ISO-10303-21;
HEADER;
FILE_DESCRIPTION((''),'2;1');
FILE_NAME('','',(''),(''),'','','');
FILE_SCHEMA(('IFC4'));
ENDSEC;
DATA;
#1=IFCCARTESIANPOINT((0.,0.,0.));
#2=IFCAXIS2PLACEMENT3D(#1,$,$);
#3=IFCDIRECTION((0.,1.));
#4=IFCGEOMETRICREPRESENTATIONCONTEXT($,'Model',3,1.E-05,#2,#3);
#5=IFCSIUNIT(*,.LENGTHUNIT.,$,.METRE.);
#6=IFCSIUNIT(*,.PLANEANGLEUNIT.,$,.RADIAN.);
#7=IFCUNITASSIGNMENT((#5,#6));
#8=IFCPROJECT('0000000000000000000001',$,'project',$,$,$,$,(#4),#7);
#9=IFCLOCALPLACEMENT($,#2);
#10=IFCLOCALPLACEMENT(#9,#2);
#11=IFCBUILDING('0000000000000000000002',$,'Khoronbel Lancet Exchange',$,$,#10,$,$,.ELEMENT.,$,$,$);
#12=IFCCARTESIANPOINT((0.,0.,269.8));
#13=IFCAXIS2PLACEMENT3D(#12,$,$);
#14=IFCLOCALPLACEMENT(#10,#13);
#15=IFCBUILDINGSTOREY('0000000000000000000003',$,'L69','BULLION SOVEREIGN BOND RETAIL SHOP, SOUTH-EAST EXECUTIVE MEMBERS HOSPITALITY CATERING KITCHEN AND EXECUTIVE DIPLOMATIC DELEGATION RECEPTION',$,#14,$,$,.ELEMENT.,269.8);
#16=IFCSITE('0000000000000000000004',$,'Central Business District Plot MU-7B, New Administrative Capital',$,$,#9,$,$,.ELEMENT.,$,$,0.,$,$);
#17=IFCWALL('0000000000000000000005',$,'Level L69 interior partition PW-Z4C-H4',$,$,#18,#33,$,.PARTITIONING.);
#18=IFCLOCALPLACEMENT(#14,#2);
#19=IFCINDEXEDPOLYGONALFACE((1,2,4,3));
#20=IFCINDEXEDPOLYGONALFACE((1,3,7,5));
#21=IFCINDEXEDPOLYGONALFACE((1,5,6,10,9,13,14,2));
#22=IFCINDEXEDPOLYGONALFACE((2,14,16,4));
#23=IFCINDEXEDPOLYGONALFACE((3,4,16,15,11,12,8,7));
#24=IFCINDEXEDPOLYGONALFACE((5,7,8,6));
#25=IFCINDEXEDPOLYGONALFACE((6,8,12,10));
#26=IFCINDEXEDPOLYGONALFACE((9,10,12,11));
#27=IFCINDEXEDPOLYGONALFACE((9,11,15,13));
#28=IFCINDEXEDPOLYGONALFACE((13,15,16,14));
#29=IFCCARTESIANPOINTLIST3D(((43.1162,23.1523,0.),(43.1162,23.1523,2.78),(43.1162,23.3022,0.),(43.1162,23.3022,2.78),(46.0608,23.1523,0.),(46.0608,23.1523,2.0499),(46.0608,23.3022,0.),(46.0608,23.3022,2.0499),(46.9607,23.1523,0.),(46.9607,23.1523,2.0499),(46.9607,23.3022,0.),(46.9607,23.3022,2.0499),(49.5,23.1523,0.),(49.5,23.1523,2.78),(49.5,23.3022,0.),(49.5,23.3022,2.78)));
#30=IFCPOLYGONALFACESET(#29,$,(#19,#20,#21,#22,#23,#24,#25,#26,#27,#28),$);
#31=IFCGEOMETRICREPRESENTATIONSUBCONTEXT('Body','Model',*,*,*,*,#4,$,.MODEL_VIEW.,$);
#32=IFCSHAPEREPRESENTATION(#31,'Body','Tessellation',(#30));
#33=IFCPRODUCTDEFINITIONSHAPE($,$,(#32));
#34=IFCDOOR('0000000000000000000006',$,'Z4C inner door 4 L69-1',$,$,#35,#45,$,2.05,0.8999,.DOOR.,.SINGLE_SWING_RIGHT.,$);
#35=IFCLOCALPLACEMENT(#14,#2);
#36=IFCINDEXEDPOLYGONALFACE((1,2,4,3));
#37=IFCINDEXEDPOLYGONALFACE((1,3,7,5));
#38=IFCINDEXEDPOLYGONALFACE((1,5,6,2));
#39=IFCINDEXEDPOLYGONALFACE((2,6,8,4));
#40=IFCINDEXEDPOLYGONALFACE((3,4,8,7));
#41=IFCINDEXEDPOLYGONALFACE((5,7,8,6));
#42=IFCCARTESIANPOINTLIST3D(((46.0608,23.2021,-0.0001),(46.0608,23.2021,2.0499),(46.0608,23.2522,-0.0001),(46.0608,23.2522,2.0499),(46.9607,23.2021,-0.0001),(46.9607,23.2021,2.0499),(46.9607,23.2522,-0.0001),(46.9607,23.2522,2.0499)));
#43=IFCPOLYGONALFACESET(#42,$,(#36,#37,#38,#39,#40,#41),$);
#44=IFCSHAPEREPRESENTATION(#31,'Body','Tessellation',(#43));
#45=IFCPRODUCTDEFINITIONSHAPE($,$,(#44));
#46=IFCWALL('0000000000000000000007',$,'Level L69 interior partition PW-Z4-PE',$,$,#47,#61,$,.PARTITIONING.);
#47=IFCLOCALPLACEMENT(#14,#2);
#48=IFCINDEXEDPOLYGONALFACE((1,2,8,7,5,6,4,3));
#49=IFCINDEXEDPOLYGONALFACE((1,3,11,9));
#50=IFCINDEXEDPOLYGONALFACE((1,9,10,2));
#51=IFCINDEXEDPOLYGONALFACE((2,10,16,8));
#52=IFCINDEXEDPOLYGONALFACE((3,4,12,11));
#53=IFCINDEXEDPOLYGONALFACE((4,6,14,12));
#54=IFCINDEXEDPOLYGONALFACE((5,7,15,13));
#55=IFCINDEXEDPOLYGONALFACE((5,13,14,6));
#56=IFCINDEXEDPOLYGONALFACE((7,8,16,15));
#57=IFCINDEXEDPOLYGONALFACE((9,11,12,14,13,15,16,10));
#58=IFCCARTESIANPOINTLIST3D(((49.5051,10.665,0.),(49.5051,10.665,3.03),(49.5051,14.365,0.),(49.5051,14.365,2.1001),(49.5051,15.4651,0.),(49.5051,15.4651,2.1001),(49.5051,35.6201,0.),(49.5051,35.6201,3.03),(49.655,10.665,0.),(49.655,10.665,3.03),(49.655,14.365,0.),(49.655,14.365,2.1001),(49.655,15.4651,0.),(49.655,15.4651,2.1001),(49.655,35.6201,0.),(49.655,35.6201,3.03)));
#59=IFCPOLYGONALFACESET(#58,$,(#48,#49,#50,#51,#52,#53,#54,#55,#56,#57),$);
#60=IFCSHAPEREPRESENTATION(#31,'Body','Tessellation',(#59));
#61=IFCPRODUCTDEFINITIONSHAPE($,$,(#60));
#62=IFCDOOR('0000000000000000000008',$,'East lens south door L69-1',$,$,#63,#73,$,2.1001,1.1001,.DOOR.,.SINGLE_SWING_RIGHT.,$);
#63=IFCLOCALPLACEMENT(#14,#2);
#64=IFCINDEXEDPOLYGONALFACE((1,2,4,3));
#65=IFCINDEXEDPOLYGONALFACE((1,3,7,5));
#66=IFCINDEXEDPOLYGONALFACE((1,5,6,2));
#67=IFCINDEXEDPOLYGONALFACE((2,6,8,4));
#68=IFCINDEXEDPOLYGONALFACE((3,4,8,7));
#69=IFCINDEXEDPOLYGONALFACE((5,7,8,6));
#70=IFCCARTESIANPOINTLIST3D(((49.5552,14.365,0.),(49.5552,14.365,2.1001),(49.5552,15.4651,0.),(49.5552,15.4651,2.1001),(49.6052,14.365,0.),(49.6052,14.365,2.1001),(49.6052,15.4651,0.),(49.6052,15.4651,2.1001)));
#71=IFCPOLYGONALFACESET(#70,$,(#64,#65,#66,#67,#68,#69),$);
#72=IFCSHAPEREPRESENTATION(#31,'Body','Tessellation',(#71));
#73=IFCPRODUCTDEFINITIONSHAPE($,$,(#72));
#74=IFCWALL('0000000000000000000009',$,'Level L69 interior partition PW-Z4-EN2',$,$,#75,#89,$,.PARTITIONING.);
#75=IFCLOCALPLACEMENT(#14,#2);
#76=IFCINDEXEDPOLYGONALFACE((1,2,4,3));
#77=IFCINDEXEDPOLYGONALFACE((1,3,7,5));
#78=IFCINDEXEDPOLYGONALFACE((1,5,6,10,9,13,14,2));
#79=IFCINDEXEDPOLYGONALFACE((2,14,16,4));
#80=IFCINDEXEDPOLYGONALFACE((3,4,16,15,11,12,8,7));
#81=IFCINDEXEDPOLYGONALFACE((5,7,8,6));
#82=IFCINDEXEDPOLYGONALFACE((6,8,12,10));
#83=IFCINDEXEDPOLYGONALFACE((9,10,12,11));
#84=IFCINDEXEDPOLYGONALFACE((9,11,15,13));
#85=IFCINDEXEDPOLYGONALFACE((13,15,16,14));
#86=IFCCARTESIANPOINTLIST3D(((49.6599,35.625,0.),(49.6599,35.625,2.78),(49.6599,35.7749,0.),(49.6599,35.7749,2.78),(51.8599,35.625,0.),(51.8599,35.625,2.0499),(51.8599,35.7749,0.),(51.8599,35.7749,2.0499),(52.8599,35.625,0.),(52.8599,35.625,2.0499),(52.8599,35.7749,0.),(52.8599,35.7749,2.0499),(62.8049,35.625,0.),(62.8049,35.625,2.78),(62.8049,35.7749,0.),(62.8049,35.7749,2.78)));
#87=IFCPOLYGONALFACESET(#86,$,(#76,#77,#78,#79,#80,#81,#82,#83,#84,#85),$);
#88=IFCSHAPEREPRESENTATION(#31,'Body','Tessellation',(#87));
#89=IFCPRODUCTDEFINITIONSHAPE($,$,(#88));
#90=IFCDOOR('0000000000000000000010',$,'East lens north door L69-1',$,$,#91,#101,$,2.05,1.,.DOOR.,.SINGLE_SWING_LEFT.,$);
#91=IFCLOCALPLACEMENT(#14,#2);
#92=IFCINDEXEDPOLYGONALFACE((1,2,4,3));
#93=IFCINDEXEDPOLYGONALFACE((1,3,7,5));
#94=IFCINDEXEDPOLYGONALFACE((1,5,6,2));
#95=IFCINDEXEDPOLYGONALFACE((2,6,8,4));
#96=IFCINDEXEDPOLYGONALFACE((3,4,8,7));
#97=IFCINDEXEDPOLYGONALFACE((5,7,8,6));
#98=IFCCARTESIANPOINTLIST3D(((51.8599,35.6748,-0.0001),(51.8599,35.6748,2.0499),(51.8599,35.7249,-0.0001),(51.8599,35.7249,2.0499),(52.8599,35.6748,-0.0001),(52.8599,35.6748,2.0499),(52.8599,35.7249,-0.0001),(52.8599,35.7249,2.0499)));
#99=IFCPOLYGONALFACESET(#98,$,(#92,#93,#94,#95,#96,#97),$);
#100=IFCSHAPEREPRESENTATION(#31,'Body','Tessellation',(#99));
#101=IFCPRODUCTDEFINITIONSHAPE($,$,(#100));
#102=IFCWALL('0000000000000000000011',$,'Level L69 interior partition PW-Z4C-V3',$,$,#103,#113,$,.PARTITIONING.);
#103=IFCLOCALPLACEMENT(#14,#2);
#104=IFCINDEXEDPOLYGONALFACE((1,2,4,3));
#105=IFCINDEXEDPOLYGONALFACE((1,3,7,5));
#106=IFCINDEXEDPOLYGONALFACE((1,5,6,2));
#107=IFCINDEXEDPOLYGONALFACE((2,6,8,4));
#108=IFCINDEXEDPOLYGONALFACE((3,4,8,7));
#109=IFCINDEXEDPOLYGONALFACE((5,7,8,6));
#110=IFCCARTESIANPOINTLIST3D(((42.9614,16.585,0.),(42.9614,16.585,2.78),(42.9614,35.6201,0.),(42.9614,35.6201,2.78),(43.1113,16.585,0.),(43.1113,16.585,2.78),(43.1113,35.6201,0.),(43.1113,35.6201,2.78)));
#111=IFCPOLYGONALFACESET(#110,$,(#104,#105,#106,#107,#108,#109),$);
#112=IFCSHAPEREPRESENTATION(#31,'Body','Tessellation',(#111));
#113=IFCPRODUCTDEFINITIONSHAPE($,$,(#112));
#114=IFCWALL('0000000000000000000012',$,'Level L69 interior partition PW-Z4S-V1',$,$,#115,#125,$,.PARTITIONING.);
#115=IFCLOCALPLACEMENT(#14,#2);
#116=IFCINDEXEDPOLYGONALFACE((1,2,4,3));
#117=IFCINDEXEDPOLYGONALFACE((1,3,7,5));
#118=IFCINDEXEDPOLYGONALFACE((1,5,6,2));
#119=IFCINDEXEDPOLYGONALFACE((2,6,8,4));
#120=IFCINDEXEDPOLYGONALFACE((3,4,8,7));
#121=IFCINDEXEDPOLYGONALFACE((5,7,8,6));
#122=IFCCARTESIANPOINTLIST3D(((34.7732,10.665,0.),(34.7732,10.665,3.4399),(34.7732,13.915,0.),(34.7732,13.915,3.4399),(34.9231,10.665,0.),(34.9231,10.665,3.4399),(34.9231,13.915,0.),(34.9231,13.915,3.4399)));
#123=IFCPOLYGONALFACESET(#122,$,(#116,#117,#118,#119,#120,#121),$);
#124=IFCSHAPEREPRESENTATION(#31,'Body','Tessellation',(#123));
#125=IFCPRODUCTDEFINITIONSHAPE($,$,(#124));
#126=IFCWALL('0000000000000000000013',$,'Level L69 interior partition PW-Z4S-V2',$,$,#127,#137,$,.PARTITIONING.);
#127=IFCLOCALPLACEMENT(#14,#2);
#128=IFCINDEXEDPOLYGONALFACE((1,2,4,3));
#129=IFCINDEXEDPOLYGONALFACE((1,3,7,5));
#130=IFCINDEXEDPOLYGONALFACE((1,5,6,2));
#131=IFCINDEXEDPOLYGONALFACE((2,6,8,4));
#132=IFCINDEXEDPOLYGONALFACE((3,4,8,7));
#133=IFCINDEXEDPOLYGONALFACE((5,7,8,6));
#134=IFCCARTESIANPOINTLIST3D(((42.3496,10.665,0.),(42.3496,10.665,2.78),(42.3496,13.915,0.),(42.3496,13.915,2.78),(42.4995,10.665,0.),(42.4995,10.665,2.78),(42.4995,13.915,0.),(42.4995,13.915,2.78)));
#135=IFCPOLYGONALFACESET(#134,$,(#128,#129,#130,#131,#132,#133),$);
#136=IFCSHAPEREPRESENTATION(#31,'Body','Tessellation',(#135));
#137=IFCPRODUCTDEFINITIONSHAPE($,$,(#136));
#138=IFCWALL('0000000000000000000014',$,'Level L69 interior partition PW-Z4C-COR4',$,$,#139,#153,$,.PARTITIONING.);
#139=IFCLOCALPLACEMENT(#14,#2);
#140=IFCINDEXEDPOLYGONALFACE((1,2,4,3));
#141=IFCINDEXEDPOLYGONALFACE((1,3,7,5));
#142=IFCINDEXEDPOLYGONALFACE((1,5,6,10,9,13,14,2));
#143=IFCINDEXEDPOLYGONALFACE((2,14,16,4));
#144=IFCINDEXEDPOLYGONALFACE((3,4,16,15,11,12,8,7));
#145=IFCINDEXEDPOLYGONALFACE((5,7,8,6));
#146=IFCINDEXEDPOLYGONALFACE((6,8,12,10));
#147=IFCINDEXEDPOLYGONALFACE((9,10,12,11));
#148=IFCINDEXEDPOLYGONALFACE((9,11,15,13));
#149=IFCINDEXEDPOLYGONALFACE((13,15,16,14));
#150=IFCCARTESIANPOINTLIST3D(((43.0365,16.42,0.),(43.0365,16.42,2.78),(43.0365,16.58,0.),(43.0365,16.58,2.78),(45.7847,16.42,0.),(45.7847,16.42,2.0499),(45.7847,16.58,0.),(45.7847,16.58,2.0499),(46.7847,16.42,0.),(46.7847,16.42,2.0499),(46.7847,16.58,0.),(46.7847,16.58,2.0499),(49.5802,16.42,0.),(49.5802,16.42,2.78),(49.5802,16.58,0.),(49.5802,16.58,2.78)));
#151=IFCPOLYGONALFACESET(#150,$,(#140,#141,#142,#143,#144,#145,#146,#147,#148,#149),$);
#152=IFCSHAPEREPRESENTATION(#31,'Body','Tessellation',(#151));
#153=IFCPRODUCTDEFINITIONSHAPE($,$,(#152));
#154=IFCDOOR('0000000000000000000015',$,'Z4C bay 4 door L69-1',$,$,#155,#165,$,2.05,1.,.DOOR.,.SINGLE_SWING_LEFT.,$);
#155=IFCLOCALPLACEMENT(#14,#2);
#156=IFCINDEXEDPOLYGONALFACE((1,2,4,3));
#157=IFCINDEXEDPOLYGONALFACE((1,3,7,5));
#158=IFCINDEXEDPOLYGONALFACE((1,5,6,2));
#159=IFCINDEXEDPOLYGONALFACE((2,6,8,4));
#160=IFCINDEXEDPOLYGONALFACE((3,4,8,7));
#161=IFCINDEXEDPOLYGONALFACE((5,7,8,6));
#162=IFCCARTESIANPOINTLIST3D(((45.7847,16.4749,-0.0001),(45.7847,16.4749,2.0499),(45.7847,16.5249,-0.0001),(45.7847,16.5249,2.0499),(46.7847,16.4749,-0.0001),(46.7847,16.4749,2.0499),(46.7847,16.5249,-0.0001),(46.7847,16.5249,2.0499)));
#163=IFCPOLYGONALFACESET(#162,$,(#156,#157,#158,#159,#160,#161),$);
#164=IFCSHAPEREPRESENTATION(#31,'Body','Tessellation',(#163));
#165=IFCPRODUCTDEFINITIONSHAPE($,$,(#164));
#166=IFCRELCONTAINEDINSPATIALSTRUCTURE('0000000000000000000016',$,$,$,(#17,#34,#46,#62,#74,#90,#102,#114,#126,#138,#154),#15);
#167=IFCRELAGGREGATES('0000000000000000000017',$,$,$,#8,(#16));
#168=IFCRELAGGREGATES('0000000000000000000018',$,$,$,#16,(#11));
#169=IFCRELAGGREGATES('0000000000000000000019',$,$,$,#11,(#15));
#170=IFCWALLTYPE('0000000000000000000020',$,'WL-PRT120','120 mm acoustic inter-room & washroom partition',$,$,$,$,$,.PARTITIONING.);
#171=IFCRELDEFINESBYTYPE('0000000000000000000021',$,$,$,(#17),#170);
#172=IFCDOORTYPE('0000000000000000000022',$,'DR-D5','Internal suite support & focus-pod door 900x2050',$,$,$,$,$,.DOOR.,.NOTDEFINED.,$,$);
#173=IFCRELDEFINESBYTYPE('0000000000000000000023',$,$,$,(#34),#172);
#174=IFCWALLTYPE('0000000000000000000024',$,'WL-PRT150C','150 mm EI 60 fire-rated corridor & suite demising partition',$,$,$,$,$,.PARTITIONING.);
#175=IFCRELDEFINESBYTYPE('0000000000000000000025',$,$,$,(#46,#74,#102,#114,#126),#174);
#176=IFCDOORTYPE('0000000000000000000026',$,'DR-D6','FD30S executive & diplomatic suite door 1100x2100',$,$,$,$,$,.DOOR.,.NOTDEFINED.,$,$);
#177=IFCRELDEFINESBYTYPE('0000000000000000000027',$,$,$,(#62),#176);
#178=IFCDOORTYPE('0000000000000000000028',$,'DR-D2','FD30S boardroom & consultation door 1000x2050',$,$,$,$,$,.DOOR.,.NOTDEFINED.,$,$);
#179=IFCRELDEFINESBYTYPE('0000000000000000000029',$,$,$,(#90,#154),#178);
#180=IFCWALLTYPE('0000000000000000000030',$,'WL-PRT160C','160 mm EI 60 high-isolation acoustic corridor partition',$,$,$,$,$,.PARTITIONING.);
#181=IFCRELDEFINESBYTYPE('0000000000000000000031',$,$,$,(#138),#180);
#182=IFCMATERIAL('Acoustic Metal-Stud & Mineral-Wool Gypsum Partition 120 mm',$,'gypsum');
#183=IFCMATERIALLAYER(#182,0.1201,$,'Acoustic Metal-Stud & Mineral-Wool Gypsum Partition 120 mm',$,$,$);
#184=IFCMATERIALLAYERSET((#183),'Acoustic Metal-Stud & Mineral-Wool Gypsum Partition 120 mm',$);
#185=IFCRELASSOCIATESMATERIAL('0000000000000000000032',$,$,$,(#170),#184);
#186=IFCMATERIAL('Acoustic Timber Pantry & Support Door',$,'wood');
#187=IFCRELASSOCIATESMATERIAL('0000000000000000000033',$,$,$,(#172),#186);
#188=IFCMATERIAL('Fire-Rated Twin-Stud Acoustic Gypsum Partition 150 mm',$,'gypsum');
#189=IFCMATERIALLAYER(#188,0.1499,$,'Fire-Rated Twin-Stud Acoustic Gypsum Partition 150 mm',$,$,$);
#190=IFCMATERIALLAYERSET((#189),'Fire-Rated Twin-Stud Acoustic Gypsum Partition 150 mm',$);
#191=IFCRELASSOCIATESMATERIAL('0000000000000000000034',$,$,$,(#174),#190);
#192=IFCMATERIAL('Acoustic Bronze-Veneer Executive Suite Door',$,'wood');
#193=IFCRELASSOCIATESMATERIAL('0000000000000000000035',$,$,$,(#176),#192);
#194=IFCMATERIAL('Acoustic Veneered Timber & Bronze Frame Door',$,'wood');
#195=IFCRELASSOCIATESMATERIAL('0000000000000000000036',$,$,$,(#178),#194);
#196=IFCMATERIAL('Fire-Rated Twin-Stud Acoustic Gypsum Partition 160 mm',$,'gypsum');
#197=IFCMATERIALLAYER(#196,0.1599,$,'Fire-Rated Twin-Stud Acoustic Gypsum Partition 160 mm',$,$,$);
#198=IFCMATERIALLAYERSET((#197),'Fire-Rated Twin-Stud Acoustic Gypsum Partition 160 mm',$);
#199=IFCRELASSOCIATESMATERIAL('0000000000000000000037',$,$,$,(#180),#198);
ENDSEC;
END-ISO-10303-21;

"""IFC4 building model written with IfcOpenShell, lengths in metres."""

from ifc_helpers import new_model, si_unit, direction, frame, frame_2d, origin, place, context, subcontext, project, spatial, rectangle, extrude, material, layer, layer_set, type_object, element, fill, save


model = new_model("IFC4")

# Units and contexts
model_context = context("Model", 3, precision=1e-05, world=origin(), true_north=direction((0.0, 1.0)))
body_context = subcontext(model_context, "Body", "Model", "MODEL_VIEW")
ifc_project = project(units=[si_unit("LENGTHUNIT", "METRE"), si_unit("PLANEANGLEUNIT", "RADIAN")], contexts=[model_context])

# Site, building, storey
site_placement = place(None, origin())
site = spatial("IfcSite", under=ifc_project, at=site_placement, Name="Central Business District Plot MU-7B, New Administrative Capital", CompositionType="ELEMENT", RefElevation=0.0)
building_placement = place(site_placement, origin())
building = spatial("IfcBuilding", under=site, at=building_placement, Name="Khoronbel Lancet Exchange", CompositionType="ELEMENT")
storey_placement = place(building_placement, frame((0.0, 0.0, 269.8)))
storey = spatial("IfcBuildingStorey", under=building, at=storey_placement, Name="L69", Description="BULLION SOVEREIGN BOND RETAIL SHOP, SOUTH-EAST EXECUTIVE MEMBERS HOSPITALITY CATERING KITCHEN AND EXECUTIVE DIPLOMATIC DELEGATION RECEPTION", CompositionType="ELEMENT", Elevation=269.8)

# Walls, openings, doors
ifc_material_1 = material(Name="Acoustic Metal-Stud & Mineral-Wool Gypsum Partition 120 mm", Category="gypsum")
ifc_layer_1 = layer(ifc_material_1, 0.1201, Name="Acoustic Metal-Stud & Mineral-Wool Gypsum Partition 120 mm")
ifc_layer_set_1 = layer_set([ifc_layer_1], Name="Acoustic Metal-Stud & Mineral-Wool Gypsum Partition 120 mm")
wall_type_1 = type_object("IfcWallType", Name="WL-PRT120", Description="120 mm acoustic inter-room & washroom partition", PredefinedType="PARTITIONING", material=ifc_layer_set_1)
ifc_material_2 = material(Name="Acoustic Timber Pantry & Support Door", Category="wood")
door_type_1 = type_object("IfcDoorType", Name="DR-D5", Description="Internal suite support & focus-pod door 900x2050", OperationType="NOTDEFINED", PredefinedType="DOOR", material=ifc_material_2)
wall_1_placement = place(storey_placement, frame((43.1162, 23.2273, 0.0), z_axis=(0.0, 0.0, 1.0), x_axis=(1.0, 0.0, 0.0)))
wall_1 = element("IfcWall", 1, at=wall_1_placement, inside=storey, type_object=wall_type_1, Name="Level L69 interior partition PW-Z4C-H4", PredefinedType="PARTITIONING", context=body_context, shape_type="SweptSolid", body=[
    extrude(rectangle(XDim=6.3838, YDim=0.1499, at=frame_2d((3.1919, 0.0))), origin(), (0.0, 0.0, 1.0), 2.78),
])
opening_1_placement = place(wall_1_placement, frame((2.9446, 0.0, 0.0)))
opening_1 = element("IfcOpeningElement", 2, at=opening_1_placement, cuts=wall_1, PredefinedType="OPENING", context=body_context, shape_type="SweptSolid", body=[
    extrude(rectangle(XDim=0.8999, YDim=2.05, at=frame_2d((0.45, 1.0249))), frame((0.0, 0.085, 0.0), z_axis=(0.0, -1.0, 0.0), x_axis=(1.0, 0.0, 0.0)), (0.0, 0.0, 1.0), 0.1699),
])
door_1_placement = place(opening_1_placement, origin())
door_1 = element("IfcDoor", 3, at=door_1_placement, inside=storey, type_object=door_type_1, Name="Z4C inner door 4 L69-1", OperationType="SINGLE_SWING_RIGHT", OverallHeight=2.05, OverallWidth=0.8999, PredefinedType="DOOR", context=body_context, shape_type="SweptSolid", body=[
    extrude(rectangle(XDim=0.8999, YDim=2.05, at=frame_2d((0.45, 1.0249))), frame((0.0, 0.0249, 0.0), z_axis=(0.0, -1.0, 0.0), x_axis=(1.0, 0.0, 0.0)), (0.0, 0.0, 1.0), 0.05),
])
fill(opening_1, door_1)
ifc_material_3 = material(Name="Fire-Rated Twin-Stud Acoustic Gypsum Partition 150 mm", Category="gypsum")
ifc_layer_2 = layer(ifc_material_3, 0.1499, Name="Fire-Rated Twin-Stud Acoustic Gypsum Partition 150 mm")
ifc_layer_set_2 = layer_set([ifc_layer_2], Name="Fire-Rated Twin-Stud Acoustic Gypsum Partition 150 mm")
wall_type_2 = type_object("IfcWallType", Name="WL-PRT150C", Description="150 mm EI 60 fire-rated corridor & suite demising partition", PredefinedType="PARTITIONING", material=ifc_layer_set_2)
wall_2_placement = place(storey_placement, frame((49.5801, 10.665, 0.0), z_axis=(0.0, 0.0, 1.0), x_axis=(0.0, 1.0, 0.0)))
wall_2 = element("IfcWall", 4, at=wall_2_placement, inside=storey, type_object=wall_type_2, Name="Level L69 interior partition PW-Z4-PE", PredefinedType="PARTITIONING", context=body_context, shape_type="SweptSolid", body=[
    extrude(rectangle(XDim=24.9551, YDim=0.1499, at=frame_2d((12.4775, 0.0))), origin(), (0.0, 0.0, 1.0), 3.03),
])
opening_2_placement = place(wall_2_placement, frame((3.7, 0.0, 0.0)))
opening_2 = element("IfcOpeningElement", 5, at=opening_2_placement, cuts=wall_2, PredefinedType="OPENING", context=body_context, shape_type="SweptSolid", body=[
    extrude(rectangle(XDim=1.1001, YDim=2.1001, at=frame_2d((0.55, 1.05))), frame((0.0, 0.085, 0.0), z_axis=(0.0, -1.0, 0.0), x_axis=(1.0, 0.0, 0.0)), (0.0, 0.0, 1.0), 0.1699),
])
ifc_material_4 = material(Name="Acoustic Bronze-Veneer Executive Suite Door", Category="wood")
door_type_2 = type_object("IfcDoorType", Name="DR-D6", Description="FD30S executive & diplomatic suite door 1100x2100", OperationType="NOTDEFINED", PredefinedType="DOOR", material=ifc_material_4)
door_2_placement = place(opening_2_placement, origin())
door_2 = element("IfcDoor", 6, at=door_2_placement, inside=storey, type_object=door_type_2, Name="East lens south door L69-1", OperationType="SINGLE_SWING_RIGHT", OverallHeight=2.1001, OverallWidth=1.1001, PredefinedType="DOOR", context=body_context, shape_type="SweptSolid", body=[
    extrude(rectangle(XDim=1.1001, YDim=2.1001, at=frame_2d((0.55, 1.05))), frame((0.0, 0.0249, 0.0), z_axis=(0.0, -1.0, 0.0), x_axis=(1.0, 0.0, 0.0)), (0.0, 0.0, 1.0), 0.05),
])
fill(opening_2, door_2)
wall_3_placement = place(storey_placement, frame((49.6599, 35.7, 0.0), z_axis=(0.0, 0.0, 1.0), x_axis=(1.0, 0.0, 0.0)))
wall_3 = element("IfcWall", 7, at=wall_3_placement, inside=storey, type_object=wall_type_2, Name="Level L69 interior partition PW-Z4-EN2", PredefinedType="PARTITIONING", context=body_context, shape_type="SweptSolid", body=[
    extrude(rectangle(XDim=13.145, YDim=0.1499, at=frame_2d((6.5725, 0.0))), origin(), (0.0, 0.0, 1.0), 2.78),
])
opening_3_placement = place(wall_3_placement, frame((2.2, 0.0, 0.0)))
opening_3 = element("IfcOpeningElement", 8, at=opening_3_placement, cuts=wall_3, PredefinedType="OPENING", context=body_context, shape_type="SweptSolid", body=[
    extrude(rectangle(XDim=1.0, YDim=2.05, at=frame_2d((0.5, 1.0249))), frame((0.0, 0.085, 0.0), z_axis=(0.0, -1.0, 0.0), x_axis=(1.0, 0.0, 0.0)), (0.0, 0.0, 1.0), 0.1699),
])
ifc_material_5 = material(Name="Acoustic Veneered Timber & Bronze Frame Door", Category="wood")
door_type_3 = type_object("IfcDoorType", Name="DR-D2", Description="FD30S boardroom & consultation door 1000x2050", OperationType="NOTDEFINED", PredefinedType="DOOR", material=ifc_material_5)
door_3_placement = place(opening_3_placement, origin())
door_3 = element("IfcDoor", 9, at=door_3_placement, inside=storey, type_object=door_type_3, Name="East lens north door L69-1", OperationType="SINGLE_SWING_LEFT", OverallHeight=2.05, OverallWidth=1.0, PredefinedType="DOOR", context=body_context, shape_type="SweptSolid", body=[
    extrude(rectangle(XDim=1.0, YDim=2.05, at=frame_2d((0.5, 1.0249))), frame((0.0, 0.0249, 0.0), z_axis=(0.0, -1.0, 0.0), x_axis=(1.0, 0.0, 0.0)), (0.0, 0.0, 1.0), 0.05),
])
fill(opening_3, door_3)

# Walls
wall_4_placement = place(storey_placement, frame((43.0364, 16.585, 0.0), z_axis=(0.0, 0.0, 1.0), x_axis=(0.0, 1.0, 0.0)))
element("IfcWall", 10, at=wall_4_placement, inside=storey, type_object=wall_type_2, Name="Level L69 interior partition PW-Z4C-V3", PredefinedType="PARTITIONING", context=body_context, shape_type="SweptSolid", body=[
    extrude(rectangle(XDim=19.0352, YDim=0.1499, at=frame_2d((9.5176, 0.0))), origin(), (0.0, 0.0, 1.0), 2.78),
])
wall_5_placement = place(storey_placement, frame((34.8481, 10.665, 0.0), z_axis=(0.0, 0.0, 1.0), x_axis=(0.0, 1.0, 0.0)))
element("IfcWall", 11, at=wall_5_placement, inside=storey, type_object=wall_type_2, Name="Level L69 interior partition PW-Z4S-V1", PredefinedType="PARTITIONING", context=body_context, shape_type="SweptSolid", body=[
    extrude(rectangle(XDim=3.25, YDim=0.1499, at=frame_2d((1.625, 0.0))), origin(), (0.0, 0.0, 1.0), 3.4399),
])
wall_6_placement = place(storey_placement, frame((42.4246, 10.665, 0.0), z_axis=(0.0, 0.0, 1.0), x_axis=(0.0, 1.0, 0.0)))
element("IfcWall", 12, at=wall_6_placement, inside=storey, type_object=wall_type_2, Name="Level L69 interior partition PW-Z4S-V2", PredefinedType="PARTITIONING", context=body_context, shape_type="SweptSolid", body=[
    extrude(rectangle(XDim=3.25, YDim=0.1499, at=frame_2d((1.625, 0.0))), origin(), (0.0, 0.0, 1.0), 2.78),
])

# Wall, opening, door
ifc_material_6 = material(Name="Fire-Rated Twin-Stud Acoustic Gypsum Partition 160 mm", Category="gypsum")
ifc_layer_3 = layer(ifc_material_6, 0.1599, Name="Fire-Rated Twin-Stud Acoustic Gypsum Partition 160 mm")
ifc_layer_set_3 = layer_set([ifc_layer_3], Name="Fire-Rated Twin-Stud Acoustic Gypsum Partition 160 mm")
wall_type_3 = type_object("IfcWallType", Name="WL-PRT160C", Description="160 mm EI 60 high-isolation acoustic corridor partition", PredefinedType="PARTITIONING", material=ifc_layer_set_3)
wall_7_placement = place(storey_placement, frame((43.0364, 16.5, 0.0), z_axis=(0.0, 0.0, 1.0), x_axis=(1.0, 0.0, 0.0)))
wall_7 = element("IfcWall", 13, at=wall_7_placement, inside=storey, type_object=wall_type_3, Name="Level L69 interior partition PW-Z4C-COR4", PredefinedType="PARTITIONING", context=body_context, shape_type="SweptSolid", body=[
    extrude(rectangle(XDim=6.5437, YDim=0.1599, at=frame_2d((3.272, 0.0))), origin(), (0.0, 0.0, 1.0), 2.78),
])
opening_4_placement = place(wall_7_placement, frame((2.7483, 0.0, 0.0)))
opening_4 = element("IfcOpeningElement", 14, at=opening_4_placement, cuts=wall_7, PredefinedType="OPENING", context=body_context, shape_type="SweptSolid", body=[
    extrude(rectangle(XDim=1.0, YDim=2.05, at=frame_2d((0.5, 1.0249))), frame((0.0, 0.0898, 0.0), z_axis=(0.0, -1.0, 0.0), x_axis=(1.0, 0.0, 0.0)), (0.0, 0.0, 1.0), 0.1799),
])
door_4_placement = place(opening_4_placement, origin())
door_4 = element("IfcDoor", 15, at=door_4_placement, inside=storey, type_object=door_type_3, Name="Z4C bay 4 door L69-1", OperationType="SINGLE_SWING_LEFT", OverallHeight=2.05, OverallWidth=1.0, PredefinedType="DOOR", context=body_context, shape_type="SweptSolid", body=[
    extrude(rectangle(XDim=1.0, YDim=2.05, at=frame_2d((0.5, 1.0249))), frame((0.0, 0.0249, 0.0), z_axis=(0.0, -1.0, 0.0), x_axis=(1.0, 0.0, 0.0)), (0.0, 0.0, 1.0), 0.05),
])
fill(opening_4, door_4)

save(model, "model.ifc")
